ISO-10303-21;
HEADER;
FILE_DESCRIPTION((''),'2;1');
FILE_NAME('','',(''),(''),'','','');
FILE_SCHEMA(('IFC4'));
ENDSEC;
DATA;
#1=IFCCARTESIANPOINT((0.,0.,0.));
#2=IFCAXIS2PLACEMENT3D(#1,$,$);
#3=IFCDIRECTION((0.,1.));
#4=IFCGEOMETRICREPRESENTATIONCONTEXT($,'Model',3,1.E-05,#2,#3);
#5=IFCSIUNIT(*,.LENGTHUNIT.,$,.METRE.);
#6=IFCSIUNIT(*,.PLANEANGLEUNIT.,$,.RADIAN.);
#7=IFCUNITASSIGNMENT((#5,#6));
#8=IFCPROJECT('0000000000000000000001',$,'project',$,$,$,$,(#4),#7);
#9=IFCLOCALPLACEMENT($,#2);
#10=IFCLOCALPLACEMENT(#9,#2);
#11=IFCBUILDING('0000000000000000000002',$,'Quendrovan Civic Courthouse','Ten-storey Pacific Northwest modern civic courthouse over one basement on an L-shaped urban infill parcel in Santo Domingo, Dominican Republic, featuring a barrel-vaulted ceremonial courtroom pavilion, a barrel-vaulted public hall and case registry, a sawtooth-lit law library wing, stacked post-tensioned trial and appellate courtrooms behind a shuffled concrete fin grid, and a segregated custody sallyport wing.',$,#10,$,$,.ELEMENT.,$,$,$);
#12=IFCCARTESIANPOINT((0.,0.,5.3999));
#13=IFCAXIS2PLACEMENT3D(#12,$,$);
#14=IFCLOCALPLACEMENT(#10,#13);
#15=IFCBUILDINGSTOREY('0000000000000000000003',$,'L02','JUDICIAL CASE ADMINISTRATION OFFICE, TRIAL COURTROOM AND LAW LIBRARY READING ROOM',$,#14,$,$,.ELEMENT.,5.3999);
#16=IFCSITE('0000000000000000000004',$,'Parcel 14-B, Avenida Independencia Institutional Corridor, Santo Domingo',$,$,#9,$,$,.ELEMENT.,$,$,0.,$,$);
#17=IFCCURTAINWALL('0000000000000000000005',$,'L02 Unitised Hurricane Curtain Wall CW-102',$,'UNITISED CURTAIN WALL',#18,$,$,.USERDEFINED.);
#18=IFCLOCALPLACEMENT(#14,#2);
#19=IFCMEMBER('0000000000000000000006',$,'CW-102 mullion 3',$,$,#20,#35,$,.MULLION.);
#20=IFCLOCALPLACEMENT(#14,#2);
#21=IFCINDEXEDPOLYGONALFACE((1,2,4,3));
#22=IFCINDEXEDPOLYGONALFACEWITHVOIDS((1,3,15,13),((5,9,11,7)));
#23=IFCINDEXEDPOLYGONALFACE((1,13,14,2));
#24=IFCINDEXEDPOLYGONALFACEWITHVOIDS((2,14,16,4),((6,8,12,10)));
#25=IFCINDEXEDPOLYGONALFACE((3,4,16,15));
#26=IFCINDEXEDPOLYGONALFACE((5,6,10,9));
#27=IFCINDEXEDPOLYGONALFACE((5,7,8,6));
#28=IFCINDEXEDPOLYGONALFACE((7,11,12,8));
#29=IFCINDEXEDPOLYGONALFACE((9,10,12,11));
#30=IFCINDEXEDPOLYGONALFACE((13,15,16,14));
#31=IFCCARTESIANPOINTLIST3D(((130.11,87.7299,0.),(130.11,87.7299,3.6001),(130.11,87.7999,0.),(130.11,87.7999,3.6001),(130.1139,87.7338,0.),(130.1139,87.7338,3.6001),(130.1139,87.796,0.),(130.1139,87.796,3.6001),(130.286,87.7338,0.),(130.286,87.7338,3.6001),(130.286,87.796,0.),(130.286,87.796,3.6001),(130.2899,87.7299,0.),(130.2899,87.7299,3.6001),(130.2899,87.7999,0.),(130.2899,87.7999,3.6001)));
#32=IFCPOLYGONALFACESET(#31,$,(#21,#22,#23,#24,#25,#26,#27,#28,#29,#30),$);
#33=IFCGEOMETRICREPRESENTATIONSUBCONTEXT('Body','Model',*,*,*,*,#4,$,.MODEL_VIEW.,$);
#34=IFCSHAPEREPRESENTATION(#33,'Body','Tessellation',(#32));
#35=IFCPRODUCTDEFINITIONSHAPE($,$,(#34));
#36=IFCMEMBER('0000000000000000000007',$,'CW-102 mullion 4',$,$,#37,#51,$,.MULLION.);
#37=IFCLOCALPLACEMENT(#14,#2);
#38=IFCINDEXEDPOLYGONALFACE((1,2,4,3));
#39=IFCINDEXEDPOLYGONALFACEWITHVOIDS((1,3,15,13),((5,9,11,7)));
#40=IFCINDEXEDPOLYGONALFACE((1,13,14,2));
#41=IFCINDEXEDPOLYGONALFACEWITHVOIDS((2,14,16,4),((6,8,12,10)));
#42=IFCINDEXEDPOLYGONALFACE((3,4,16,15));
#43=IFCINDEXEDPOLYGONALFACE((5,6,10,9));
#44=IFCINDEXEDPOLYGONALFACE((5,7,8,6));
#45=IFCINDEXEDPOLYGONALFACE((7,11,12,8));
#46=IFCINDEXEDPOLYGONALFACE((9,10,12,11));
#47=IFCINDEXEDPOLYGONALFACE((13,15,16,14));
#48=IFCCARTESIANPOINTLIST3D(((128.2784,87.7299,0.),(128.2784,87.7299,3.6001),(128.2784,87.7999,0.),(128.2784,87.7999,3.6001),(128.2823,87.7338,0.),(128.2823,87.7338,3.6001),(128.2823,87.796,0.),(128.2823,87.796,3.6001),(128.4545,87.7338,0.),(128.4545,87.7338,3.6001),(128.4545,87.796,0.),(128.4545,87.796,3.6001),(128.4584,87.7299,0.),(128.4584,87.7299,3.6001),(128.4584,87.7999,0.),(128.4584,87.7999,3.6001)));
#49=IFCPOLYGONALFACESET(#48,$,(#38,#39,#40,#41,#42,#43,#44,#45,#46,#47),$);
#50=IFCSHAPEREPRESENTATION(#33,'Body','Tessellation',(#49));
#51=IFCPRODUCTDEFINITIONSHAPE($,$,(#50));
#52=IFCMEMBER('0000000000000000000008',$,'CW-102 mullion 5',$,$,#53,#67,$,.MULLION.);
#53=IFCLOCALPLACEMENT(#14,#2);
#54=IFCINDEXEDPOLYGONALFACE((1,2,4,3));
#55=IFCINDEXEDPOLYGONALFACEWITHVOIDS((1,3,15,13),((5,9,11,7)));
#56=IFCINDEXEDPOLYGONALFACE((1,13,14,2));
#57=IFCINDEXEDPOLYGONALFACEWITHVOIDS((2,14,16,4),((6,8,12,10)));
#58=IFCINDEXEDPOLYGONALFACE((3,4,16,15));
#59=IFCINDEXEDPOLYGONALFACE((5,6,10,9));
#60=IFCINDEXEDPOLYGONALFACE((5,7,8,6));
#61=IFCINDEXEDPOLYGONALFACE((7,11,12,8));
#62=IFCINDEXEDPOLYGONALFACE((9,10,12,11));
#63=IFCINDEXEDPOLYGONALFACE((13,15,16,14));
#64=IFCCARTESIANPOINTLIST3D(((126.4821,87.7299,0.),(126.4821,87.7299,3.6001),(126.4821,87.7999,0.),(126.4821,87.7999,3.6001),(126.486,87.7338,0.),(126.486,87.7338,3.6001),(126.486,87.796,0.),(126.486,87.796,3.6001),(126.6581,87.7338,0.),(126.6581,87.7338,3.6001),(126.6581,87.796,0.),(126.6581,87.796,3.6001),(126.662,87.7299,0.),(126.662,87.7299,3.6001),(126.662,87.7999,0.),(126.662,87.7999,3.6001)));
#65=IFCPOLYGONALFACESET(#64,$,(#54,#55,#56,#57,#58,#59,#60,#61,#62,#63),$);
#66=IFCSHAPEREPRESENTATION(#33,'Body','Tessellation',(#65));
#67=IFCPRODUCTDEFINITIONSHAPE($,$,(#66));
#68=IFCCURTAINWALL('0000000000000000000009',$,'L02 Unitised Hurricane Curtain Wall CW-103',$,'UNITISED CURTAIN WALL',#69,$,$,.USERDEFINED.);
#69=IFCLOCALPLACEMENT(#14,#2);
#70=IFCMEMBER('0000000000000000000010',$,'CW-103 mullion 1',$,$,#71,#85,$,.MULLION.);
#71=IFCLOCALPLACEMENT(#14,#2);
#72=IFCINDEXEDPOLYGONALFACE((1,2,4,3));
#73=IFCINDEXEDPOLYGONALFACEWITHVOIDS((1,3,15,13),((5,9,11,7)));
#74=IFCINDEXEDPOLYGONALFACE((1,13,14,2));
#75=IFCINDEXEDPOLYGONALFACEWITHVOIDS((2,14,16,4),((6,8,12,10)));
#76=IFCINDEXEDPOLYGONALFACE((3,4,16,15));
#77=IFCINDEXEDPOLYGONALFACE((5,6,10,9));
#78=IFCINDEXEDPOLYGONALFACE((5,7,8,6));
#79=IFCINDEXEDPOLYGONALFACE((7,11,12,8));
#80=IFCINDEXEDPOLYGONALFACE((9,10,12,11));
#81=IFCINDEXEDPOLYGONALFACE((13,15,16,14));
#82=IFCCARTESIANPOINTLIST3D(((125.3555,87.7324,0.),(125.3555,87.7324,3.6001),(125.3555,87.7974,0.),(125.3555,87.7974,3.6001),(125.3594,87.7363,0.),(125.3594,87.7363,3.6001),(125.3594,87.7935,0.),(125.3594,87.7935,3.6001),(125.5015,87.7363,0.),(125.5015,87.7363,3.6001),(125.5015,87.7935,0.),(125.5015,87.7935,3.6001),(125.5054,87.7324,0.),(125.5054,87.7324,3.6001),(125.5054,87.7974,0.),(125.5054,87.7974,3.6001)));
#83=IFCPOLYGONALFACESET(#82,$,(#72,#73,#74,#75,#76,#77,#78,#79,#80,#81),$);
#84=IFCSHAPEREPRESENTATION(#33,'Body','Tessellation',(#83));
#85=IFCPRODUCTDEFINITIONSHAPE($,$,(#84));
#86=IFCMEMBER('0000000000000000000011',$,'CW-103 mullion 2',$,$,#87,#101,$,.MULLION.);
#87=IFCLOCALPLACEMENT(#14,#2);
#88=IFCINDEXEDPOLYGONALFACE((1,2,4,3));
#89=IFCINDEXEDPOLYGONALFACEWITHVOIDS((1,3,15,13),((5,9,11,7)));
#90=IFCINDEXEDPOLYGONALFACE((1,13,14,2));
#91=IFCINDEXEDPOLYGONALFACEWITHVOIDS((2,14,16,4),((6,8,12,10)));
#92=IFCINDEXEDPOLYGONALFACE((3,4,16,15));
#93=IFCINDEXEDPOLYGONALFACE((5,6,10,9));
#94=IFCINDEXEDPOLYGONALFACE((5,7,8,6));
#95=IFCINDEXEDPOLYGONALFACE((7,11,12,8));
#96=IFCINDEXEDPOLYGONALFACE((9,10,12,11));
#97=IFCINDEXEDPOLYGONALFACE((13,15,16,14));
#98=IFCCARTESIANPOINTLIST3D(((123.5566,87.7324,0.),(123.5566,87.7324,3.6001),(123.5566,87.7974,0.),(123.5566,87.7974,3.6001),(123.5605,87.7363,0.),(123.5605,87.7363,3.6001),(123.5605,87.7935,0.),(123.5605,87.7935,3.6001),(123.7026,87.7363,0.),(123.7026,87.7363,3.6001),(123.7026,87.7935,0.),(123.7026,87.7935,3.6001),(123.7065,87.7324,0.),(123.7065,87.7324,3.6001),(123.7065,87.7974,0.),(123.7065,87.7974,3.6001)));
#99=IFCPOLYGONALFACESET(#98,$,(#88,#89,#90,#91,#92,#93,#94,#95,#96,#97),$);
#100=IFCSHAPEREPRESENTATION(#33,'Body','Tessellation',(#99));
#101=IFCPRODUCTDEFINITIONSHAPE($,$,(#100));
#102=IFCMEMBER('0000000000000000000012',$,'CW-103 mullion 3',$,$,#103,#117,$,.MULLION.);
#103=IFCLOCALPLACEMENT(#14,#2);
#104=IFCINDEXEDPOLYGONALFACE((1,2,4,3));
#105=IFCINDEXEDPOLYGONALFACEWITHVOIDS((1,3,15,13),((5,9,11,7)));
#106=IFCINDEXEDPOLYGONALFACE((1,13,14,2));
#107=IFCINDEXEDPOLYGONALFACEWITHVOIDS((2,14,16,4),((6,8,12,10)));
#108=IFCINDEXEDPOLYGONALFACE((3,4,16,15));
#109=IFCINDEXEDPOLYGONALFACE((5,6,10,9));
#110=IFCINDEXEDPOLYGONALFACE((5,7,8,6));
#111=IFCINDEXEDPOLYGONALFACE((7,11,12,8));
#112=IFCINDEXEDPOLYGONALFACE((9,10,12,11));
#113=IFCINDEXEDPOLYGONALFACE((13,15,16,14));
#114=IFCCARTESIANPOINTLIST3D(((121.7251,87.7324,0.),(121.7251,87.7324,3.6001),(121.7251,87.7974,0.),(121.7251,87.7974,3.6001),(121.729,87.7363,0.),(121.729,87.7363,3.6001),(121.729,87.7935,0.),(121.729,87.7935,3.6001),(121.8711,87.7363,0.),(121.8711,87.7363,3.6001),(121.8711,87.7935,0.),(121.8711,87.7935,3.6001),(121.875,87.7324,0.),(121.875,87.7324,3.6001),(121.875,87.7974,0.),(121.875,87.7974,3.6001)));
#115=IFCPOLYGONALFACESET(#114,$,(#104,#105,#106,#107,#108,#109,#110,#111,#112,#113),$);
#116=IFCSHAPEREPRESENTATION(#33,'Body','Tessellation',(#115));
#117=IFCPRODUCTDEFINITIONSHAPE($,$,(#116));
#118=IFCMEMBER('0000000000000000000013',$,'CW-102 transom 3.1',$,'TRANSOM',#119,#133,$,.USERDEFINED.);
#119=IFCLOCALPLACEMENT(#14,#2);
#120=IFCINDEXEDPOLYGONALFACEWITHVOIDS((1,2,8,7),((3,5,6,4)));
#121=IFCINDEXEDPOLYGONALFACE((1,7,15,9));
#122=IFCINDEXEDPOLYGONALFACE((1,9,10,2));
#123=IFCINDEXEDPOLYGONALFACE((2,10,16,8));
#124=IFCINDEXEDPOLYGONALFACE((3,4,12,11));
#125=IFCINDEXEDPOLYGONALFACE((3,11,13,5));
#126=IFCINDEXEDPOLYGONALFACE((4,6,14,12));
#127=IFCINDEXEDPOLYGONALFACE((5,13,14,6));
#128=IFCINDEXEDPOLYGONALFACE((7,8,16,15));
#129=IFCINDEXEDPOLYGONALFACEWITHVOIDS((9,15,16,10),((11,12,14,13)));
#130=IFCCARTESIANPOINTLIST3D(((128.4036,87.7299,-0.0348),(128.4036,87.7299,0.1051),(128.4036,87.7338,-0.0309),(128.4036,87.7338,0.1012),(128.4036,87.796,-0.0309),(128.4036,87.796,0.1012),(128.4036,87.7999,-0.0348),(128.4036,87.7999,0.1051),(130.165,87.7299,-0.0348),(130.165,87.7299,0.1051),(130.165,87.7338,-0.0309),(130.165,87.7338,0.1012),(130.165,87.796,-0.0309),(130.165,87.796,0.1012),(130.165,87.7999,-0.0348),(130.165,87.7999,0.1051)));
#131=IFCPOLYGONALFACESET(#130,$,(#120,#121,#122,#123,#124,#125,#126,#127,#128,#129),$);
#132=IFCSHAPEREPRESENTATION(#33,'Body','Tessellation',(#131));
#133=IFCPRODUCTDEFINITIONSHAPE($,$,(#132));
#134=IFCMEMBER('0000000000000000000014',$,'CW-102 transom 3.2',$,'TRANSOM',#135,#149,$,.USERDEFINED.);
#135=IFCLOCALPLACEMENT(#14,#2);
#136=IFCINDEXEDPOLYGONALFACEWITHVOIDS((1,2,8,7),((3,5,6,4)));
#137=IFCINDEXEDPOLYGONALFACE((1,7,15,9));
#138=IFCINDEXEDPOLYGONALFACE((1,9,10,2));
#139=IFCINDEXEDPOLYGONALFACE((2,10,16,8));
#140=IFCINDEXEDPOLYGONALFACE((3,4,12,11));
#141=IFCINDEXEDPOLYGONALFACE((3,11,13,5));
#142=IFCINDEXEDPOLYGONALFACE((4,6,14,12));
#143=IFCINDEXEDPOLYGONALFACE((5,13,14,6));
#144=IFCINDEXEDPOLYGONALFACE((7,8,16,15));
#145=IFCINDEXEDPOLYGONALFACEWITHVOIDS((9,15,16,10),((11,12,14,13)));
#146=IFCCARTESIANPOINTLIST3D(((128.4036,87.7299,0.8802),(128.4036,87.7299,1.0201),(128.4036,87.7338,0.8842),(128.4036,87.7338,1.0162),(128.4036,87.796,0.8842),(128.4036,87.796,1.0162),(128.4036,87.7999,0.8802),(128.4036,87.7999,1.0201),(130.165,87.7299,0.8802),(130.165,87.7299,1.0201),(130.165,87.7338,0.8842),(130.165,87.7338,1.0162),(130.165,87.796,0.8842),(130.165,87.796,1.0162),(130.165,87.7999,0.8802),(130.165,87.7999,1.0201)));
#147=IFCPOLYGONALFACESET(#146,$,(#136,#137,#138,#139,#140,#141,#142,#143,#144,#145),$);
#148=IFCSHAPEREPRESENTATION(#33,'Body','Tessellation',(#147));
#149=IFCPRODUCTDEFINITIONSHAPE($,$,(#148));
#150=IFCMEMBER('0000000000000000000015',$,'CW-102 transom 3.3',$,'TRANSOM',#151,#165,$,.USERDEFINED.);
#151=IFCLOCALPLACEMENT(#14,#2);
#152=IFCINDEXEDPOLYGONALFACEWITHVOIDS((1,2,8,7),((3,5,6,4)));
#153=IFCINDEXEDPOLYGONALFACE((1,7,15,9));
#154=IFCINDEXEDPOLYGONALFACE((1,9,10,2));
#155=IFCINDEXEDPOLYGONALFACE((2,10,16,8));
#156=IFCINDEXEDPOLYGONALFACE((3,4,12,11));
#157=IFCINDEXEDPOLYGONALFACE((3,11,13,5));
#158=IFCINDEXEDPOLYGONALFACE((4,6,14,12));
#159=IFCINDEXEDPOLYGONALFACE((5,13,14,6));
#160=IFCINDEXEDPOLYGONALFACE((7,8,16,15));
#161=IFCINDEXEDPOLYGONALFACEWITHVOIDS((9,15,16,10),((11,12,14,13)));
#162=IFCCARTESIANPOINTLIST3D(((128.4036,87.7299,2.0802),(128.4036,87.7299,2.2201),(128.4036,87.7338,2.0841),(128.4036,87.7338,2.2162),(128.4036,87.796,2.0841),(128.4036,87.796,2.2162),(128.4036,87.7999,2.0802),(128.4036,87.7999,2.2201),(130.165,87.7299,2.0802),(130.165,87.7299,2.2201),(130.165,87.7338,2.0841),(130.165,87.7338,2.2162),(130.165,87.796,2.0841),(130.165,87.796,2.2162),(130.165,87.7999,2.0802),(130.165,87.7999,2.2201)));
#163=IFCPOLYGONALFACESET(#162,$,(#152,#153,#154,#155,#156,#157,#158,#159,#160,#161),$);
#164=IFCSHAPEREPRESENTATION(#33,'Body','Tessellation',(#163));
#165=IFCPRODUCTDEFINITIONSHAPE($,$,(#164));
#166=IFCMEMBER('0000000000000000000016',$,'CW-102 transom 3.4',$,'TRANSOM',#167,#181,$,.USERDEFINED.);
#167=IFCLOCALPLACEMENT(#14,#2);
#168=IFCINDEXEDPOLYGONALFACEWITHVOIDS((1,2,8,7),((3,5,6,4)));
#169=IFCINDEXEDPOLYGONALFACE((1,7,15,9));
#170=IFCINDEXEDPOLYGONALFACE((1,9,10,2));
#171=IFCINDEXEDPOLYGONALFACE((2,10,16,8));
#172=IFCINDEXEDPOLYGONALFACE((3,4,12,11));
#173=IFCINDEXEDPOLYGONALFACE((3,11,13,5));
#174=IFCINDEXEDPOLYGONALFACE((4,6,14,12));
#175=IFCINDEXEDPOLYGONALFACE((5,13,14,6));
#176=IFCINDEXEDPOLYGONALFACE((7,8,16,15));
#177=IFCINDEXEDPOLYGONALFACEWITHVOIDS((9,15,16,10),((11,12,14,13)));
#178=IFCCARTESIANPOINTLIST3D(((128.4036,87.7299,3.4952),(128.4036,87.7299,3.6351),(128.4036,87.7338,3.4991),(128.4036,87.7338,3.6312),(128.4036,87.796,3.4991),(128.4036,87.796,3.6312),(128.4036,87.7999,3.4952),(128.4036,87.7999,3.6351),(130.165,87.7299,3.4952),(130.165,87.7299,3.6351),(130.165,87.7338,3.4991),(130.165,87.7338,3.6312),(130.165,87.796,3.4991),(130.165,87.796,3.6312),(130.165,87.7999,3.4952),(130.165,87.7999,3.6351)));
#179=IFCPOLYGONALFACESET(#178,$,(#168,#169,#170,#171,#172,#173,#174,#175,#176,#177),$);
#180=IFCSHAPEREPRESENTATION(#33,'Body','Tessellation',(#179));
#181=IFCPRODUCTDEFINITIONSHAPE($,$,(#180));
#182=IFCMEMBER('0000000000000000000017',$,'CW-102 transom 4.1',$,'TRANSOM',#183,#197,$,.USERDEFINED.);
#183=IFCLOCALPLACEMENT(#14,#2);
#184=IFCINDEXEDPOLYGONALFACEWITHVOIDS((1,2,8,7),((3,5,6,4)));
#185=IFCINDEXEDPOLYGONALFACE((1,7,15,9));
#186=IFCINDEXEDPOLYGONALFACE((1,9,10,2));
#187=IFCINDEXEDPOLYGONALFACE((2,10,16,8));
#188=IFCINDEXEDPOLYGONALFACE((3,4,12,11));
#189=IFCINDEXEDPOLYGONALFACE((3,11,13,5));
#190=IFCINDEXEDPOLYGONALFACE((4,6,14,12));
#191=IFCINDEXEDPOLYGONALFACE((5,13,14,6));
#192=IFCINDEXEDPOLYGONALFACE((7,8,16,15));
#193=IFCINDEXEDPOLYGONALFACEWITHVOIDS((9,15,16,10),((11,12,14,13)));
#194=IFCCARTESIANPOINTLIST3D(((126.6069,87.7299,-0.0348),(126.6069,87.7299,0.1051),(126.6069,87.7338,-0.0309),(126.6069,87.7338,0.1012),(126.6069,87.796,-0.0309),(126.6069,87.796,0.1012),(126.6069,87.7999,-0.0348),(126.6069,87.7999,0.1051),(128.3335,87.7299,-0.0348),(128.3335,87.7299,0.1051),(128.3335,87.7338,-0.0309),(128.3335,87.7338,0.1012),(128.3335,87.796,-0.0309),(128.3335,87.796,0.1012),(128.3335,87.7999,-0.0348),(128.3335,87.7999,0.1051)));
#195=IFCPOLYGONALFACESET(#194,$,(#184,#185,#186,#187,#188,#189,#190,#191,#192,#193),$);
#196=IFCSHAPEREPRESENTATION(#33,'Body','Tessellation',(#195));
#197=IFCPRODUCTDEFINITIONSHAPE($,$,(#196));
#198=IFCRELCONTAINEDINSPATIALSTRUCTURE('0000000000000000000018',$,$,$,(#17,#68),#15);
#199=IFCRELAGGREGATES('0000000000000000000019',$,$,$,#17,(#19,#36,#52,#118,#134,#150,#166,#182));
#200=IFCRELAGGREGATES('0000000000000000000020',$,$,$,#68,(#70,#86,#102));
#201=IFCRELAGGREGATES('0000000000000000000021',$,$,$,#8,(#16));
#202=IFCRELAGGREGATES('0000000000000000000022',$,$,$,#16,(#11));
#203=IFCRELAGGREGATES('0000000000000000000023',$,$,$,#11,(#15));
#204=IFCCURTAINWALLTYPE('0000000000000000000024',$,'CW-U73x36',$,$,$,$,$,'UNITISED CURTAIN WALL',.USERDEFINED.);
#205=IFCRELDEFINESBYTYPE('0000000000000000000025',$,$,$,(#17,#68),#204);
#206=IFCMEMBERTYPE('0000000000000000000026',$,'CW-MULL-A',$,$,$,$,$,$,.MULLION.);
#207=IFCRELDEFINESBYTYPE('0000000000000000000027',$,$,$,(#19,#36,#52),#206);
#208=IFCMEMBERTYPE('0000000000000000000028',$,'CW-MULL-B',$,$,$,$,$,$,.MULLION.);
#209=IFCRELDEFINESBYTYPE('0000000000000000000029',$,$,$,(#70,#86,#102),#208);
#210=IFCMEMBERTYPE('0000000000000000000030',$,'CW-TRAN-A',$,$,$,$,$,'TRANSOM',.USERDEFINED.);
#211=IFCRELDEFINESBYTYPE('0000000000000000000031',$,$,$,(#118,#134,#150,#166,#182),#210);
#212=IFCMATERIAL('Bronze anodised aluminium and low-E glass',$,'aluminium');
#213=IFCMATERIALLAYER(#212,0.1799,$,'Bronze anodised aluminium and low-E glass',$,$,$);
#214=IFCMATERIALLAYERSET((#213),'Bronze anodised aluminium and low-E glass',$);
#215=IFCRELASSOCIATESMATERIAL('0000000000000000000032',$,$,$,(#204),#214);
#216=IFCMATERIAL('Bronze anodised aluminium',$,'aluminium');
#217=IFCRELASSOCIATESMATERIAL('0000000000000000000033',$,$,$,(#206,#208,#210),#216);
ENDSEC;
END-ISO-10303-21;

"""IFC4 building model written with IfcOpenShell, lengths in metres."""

from ifc_helpers import new_model, si_unit, direction, frame, origin, origin_2d, place, context, subcontext, project, spatial, hollow_rectangle, extrude, material, layer, layer_set, material_profile, profile_set, type_object, element, aggregate, save


model = new_model("IFC4")

# Units and contexts
model_context = context("Model", 3, precision=1e-05, world=origin(), true_north=direction((0.0, 1.0)))
body_context = subcontext(model_context, "Body", "Model", "MODEL_VIEW")
ifc_project = project(units=[si_unit("LENGTHUNIT", "METRE"), si_unit("PLANEANGLEUNIT", "RADIAN")], contexts=[model_context])

# Site, building, storey
site_placement = place(None, origin())
site = spatial("IfcSite", under=ifc_project, at=site_placement, Name="Parcel 14-B, Avenida Independencia Institutional Corridor, Santo Domingo", CompositionType="ELEMENT", RefElevation=0.0)
building_placement = place(site_placement, origin())
building = spatial("IfcBuilding", under=site, at=building_placement, Name="Quendrovan Civic Courthouse", Description="Ten-storey Pacific Northwest modern civic courthouse over one basement on an L-shaped urban infill parcel in Santo Domingo, Dominican Republic, featuring a barrel-vaulted ceremonial courtroom pavilion, a barrel-vaulted public hall and case registry, a sawtooth-lit law library wing, stacked post-tensioned trial and appellate courtrooms behind a shuffled concrete fin grid, and a segregated custody sallyport wing.", CompositionType="ELEMENT")
storey_placement = place(building_placement, frame((0.0, 0.0, 5.3999)))
storey = spatial("IfcBuildingStorey", under=building, at=storey_placement, Name="L02", Description="JUDICIAL CASE ADMINISTRATION OFFICE, TRIAL COURTROOM AND LAW LIBRARY READING ROOM", CompositionType="ELEMENT", Elevation=5.3999)

# Curtain walls, members
ifc_material_1 = material(Name="Bronze anodised aluminium and low-E glass", Category="aluminium")
ifc_layer_1 = layer(ifc_material_1, 0.1799, Name="Bronze anodised aluminium and low-E glass")
ifc_layer_set_1 = layer_set([ifc_layer_1], Name="Bronze anodised aluminium and low-E glass")
curtain_wall_type = type_object("IfcCurtainWallType", Name="CW-U73x36", ElementType="UNITISED CURTAIN WALL", PredefinedType="USERDEFINED", material=ifc_layer_set_1)
curtain_wall_1_placement = place(storey_placement, origin())
curtain_wall_1 = element("IfcCurtainWall", 1, at=curtain_wall_1_placement, inside=storey, type_object=curtain_wall_type, Name="L02 Unitised Hurricane Curtain Wall CW-102", ObjectType="UNITISED CURTAIN WALL", PredefinedType="USERDEFINED")
ifc_material_2 = material(Name="Bronze anodised aluminium", Category="aluminium")
ifc_material_profile_1 = material_profile(ifc_material_2, hollow_rectangle(XDim=0.0701, YDim=0.1799, WallThickness=0.0039, at=origin_2d()), Name="CW-MULL-70x180")
ifc_profile_set_1 = profile_set([ifc_material_profile_1], Name="Bronze anodised aluminium")
member_type_1 = type_object("IfcMemberType", Name="CW-MULL-A", PredefinedType="MULLION", material=ifc_profile_set_1)
member_1_placement = place(storey_placement, frame((130.2, 87.7649, 0.0), z_axis=(0.0, 0.0, 1.0), x_axis=(0.0, -1.0, 0.0)))
member_1 = element("IfcMember", 2, at=member_1_placement, type_object=member_type_1, Name="CW-102 mullion 3", PredefinedType="MULLION", context=body_context, shape_type="SweptSolid", body=[
    extrude(hollow_rectangle(XDim=0.0701, YDim=0.1799, WallThickness=0.0039, at=origin_2d()), origin(), (0.0, 0.0, 1.0), 3.6001),
])
member_2_placement = place(storey_placement, frame((128.3684, 87.7649, 0.0), z_axis=(0.0, 0.0, 1.0), x_axis=(0.0, -1.0, 0.0)))
member_2 = element("IfcMember", 3, at=member_2_placement, type_object=member_type_1, Name="CW-102 mullion 4", PredefinedType="MULLION", context=body_context, shape_type="SweptSolid", body=[
    extrude(hollow_rectangle(XDim=0.0701, YDim=0.1799, WallThickness=0.0039, at=origin_2d()), origin(), (0.0, 0.0, 1.0), 3.6001),
])
member_3_placement = place(storey_placement, frame((126.572, 87.7649, 0.0), z_axis=(0.0, 0.0, 1.0), x_axis=(0.0, -1.0, 0.0)))
member_3 = element("IfcMember", 4, at=member_3_placement, type_object=member_type_1, Name="CW-102 mullion 5", PredefinedType="MULLION", context=body_context, shape_type="SweptSolid", body=[
    extrude(hollow_rectangle(XDim=0.0701, YDim=0.1799, WallThickness=0.0039, at=origin_2d()), origin(), (0.0, 0.0, 1.0), 3.6001),
])
curtain_wall_2_placement = place(storey_placement, origin())
curtain_wall_2 = element("IfcCurtainWall", 5, at=curtain_wall_2_placement, inside=storey, type_object=curtain_wall_type, Name="L02 Unitised Hurricane Curtain Wall CW-103", ObjectType="UNITISED CURTAIN WALL", PredefinedType="USERDEFINED")
ifc_material_profile_2 = material_profile(ifc_material_2, hollow_rectangle(XDim=0.0649, YDim=0.1499, WallThickness=0.0039, at=origin_2d()), Name="CW-MULL-65x150")
ifc_profile_set_2 = profile_set([ifc_material_profile_2], Name="Bronze anodised aluminium")
member_type_2 = type_object("IfcMemberType", Name="CW-MULL-B", PredefinedType="MULLION", material=ifc_profile_set_2)
member_4_placement = place(storey_placement, frame((125.4304, 87.7649, 0.0), z_axis=(0.0, 0.0, 1.0), x_axis=(0.0, -1.0, 0.0)))
member_4 = element("IfcMember", 6, at=member_4_placement, type_object=member_type_2, Name="CW-103 mullion 1", PredefinedType="MULLION", context=body_context, shape_type="SweptSolid", body=[
    extrude(hollow_rectangle(XDim=0.0649, YDim=0.1499, WallThickness=0.0039, at=origin_2d()), origin(), (0.0, 0.0, 1.0), 3.6001),
])
member_5_placement = place(storey_placement, frame((123.6316, 87.7649, 0.0), z_axis=(0.0, 0.0, 1.0), x_axis=(0.0, -1.0, 0.0)))
member_5 = element("IfcMember", 7, at=member_5_placement, type_object=member_type_2, Name="CW-103 mullion 2", PredefinedType="MULLION", context=body_context, shape_type="SweptSolid", body=[
    extrude(hollow_rectangle(XDim=0.0649, YDim=0.1499, WallThickness=0.0039, at=origin_2d()), origin(), (0.0, 0.0, 1.0), 3.6001),
])
member_6_placement = place(storey_placement, frame((121.8, 87.7649, 0.0), z_axis=(0.0, 0.0, 1.0), x_axis=(0.0, -1.0, 0.0)))
member_6 = element("IfcMember", 8, at=member_6_placement, type_object=member_type_2, Name="CW-103 mullion 3", PredefinedType="MULLION", context=body_context, shape_type="SweptSolid", body=[
    extrude(hollow_rectangle(XDim=0.0649, YDim=0.1499, WallThickness=0.0039, at=origin_2d()), origin(), (0.0, 0.0, 1.0), 3.6001),
])

# Members
ifc_material_profile_3 = material_profile(ifc_material_2, hollow_rectangle(XDim=0.0701, YDim=0.1399, WallThickness=0.0039, at=origin_2d()), Name="CW-TRAN-70x140")
ifc_profile_set_3 = profile_set([ifc_material_profile_3], Name="Bronze anodised aluminium")
member_type_3 = type_object("IfcMemberType", Name="CW-TRAN-A", ElementType="TRANSOM", PredefinedType="USERDEFINED", material=ifc_profile_set_3)
member_7_placement = place(storey_placement, frame((130.165, 87.7649, 0.0352), z_axis=(-1.0, 0.0, 0.0), x_axis=(0.0, -1.0, 0.0)))
member_7 = element("IfcMember", 9, at=member_7_placement, type_object=member_type_3, Name="CW-102 transom 3.1", ObjectType="TRANSOM", PredefinedType="USERDEFINED", context=body_context, shape_type="SweptSolid", body=[
    extrude(hollow_rectangle(XDim=0.0701, YDim=0.1399, WallThickness=0.0039, at=origin_2d()), origin(), (0.0, 0.0, 1.0), 1.7615),
])
member_8_placement = place(storey_placement, frame((130.165, 87.7649, 0.9502), z_axis=(-1.0, 0.0, 0.0), x_axis=(0.0, -1.0, 0.0)))
member_8 = element("IfcMember", 10, at=member_8_placement, type_object=member_type_3, Name="CW-102 transom 3.2", ObjectType="TRANSOM", PredefinedType="USERDEFINED", context=body_context, shape_type="SweptSolid", body=[
    extrude(hollow_rectangle(XDim=0.0701, YDim=0.1399, WallThickness=0.0039, at=origin_2d()), origin(), (0.0, 0.0, 1.0), 1.7615),
])
member_9_placement = place(storey_placement, frame((130.165, 87.7649, 2.1501), z_axis=(-1.0, 0.0, 0.0), x_axis=(0.0, -1.0, 0.0)))
member_9 = element("IfcMember", 11, at=member_9_placement, type_object=member_type_3, Name="CW-102 transom 3.3", ObjectType="TRANSOM", PredefinedType="USERDEFINED", context=body_context, shape_type="SweptSolid", body=[
    extrude(hollow_rectangle(XDim=0.0701, YDim=0.1399, WallThickness=0.0039, at=origin_2d()), origin(), (0.0, 0.0, 1.0), 1.7615),
])
member_10_placement = place(storey_placement, frame((130.165, 87.7649, 3.5652), z_axis=(-1.0, 0.0, 0.0), x_axis=(0.0, -1.0, 0.0)))
member_10 = element("IfcMember", 12, at=member_10_placement, type_object=member_type_3, Name="CW-102 transom 3.4", ObjectType="TRANSOM", PredefinedType="USERDEFINED", context=body_context, shape_type="SweptSolid", body=[
    extrude(hollow_rectangle(XDim=0.0701, YDim=0.1399, WallThickness=0.0039, at=origin_2d()), origin(), (0.0, 0.0, 1.0), 1.7615),
])
member_11_placement = place(storey_placement, frame((128.3335, 87.7649, 0.0352), z_axis=(-1.0, 0.0, 0.0), x_axis=(0.0, -1.0, 0.0)))
member_11 = element("IfcMember", 13, at=member_11_placement, type_object=member_type_3, Name="CW-102 transom 4.1", ObjectType="TRANSOM", PredefinedType="USERDEFINED", context=body_context, shape_type="SweptSolid", body=[
    extrude(hollow_rectangle(XDim=0.0701, YDim=0.1399, WallThickness=0.0039, at=origin_2d()), origin(), (0.0, 0.0, 1.0), 1.7266),
])

aggregate(curtain_wall_1, [member_1, member_2, member_3, member_7, member_8, member_9, member_10, member_11])
aggregate(curtain_wall_2, [member_4, member_5, member_6])

save(model, "model.ifc")
